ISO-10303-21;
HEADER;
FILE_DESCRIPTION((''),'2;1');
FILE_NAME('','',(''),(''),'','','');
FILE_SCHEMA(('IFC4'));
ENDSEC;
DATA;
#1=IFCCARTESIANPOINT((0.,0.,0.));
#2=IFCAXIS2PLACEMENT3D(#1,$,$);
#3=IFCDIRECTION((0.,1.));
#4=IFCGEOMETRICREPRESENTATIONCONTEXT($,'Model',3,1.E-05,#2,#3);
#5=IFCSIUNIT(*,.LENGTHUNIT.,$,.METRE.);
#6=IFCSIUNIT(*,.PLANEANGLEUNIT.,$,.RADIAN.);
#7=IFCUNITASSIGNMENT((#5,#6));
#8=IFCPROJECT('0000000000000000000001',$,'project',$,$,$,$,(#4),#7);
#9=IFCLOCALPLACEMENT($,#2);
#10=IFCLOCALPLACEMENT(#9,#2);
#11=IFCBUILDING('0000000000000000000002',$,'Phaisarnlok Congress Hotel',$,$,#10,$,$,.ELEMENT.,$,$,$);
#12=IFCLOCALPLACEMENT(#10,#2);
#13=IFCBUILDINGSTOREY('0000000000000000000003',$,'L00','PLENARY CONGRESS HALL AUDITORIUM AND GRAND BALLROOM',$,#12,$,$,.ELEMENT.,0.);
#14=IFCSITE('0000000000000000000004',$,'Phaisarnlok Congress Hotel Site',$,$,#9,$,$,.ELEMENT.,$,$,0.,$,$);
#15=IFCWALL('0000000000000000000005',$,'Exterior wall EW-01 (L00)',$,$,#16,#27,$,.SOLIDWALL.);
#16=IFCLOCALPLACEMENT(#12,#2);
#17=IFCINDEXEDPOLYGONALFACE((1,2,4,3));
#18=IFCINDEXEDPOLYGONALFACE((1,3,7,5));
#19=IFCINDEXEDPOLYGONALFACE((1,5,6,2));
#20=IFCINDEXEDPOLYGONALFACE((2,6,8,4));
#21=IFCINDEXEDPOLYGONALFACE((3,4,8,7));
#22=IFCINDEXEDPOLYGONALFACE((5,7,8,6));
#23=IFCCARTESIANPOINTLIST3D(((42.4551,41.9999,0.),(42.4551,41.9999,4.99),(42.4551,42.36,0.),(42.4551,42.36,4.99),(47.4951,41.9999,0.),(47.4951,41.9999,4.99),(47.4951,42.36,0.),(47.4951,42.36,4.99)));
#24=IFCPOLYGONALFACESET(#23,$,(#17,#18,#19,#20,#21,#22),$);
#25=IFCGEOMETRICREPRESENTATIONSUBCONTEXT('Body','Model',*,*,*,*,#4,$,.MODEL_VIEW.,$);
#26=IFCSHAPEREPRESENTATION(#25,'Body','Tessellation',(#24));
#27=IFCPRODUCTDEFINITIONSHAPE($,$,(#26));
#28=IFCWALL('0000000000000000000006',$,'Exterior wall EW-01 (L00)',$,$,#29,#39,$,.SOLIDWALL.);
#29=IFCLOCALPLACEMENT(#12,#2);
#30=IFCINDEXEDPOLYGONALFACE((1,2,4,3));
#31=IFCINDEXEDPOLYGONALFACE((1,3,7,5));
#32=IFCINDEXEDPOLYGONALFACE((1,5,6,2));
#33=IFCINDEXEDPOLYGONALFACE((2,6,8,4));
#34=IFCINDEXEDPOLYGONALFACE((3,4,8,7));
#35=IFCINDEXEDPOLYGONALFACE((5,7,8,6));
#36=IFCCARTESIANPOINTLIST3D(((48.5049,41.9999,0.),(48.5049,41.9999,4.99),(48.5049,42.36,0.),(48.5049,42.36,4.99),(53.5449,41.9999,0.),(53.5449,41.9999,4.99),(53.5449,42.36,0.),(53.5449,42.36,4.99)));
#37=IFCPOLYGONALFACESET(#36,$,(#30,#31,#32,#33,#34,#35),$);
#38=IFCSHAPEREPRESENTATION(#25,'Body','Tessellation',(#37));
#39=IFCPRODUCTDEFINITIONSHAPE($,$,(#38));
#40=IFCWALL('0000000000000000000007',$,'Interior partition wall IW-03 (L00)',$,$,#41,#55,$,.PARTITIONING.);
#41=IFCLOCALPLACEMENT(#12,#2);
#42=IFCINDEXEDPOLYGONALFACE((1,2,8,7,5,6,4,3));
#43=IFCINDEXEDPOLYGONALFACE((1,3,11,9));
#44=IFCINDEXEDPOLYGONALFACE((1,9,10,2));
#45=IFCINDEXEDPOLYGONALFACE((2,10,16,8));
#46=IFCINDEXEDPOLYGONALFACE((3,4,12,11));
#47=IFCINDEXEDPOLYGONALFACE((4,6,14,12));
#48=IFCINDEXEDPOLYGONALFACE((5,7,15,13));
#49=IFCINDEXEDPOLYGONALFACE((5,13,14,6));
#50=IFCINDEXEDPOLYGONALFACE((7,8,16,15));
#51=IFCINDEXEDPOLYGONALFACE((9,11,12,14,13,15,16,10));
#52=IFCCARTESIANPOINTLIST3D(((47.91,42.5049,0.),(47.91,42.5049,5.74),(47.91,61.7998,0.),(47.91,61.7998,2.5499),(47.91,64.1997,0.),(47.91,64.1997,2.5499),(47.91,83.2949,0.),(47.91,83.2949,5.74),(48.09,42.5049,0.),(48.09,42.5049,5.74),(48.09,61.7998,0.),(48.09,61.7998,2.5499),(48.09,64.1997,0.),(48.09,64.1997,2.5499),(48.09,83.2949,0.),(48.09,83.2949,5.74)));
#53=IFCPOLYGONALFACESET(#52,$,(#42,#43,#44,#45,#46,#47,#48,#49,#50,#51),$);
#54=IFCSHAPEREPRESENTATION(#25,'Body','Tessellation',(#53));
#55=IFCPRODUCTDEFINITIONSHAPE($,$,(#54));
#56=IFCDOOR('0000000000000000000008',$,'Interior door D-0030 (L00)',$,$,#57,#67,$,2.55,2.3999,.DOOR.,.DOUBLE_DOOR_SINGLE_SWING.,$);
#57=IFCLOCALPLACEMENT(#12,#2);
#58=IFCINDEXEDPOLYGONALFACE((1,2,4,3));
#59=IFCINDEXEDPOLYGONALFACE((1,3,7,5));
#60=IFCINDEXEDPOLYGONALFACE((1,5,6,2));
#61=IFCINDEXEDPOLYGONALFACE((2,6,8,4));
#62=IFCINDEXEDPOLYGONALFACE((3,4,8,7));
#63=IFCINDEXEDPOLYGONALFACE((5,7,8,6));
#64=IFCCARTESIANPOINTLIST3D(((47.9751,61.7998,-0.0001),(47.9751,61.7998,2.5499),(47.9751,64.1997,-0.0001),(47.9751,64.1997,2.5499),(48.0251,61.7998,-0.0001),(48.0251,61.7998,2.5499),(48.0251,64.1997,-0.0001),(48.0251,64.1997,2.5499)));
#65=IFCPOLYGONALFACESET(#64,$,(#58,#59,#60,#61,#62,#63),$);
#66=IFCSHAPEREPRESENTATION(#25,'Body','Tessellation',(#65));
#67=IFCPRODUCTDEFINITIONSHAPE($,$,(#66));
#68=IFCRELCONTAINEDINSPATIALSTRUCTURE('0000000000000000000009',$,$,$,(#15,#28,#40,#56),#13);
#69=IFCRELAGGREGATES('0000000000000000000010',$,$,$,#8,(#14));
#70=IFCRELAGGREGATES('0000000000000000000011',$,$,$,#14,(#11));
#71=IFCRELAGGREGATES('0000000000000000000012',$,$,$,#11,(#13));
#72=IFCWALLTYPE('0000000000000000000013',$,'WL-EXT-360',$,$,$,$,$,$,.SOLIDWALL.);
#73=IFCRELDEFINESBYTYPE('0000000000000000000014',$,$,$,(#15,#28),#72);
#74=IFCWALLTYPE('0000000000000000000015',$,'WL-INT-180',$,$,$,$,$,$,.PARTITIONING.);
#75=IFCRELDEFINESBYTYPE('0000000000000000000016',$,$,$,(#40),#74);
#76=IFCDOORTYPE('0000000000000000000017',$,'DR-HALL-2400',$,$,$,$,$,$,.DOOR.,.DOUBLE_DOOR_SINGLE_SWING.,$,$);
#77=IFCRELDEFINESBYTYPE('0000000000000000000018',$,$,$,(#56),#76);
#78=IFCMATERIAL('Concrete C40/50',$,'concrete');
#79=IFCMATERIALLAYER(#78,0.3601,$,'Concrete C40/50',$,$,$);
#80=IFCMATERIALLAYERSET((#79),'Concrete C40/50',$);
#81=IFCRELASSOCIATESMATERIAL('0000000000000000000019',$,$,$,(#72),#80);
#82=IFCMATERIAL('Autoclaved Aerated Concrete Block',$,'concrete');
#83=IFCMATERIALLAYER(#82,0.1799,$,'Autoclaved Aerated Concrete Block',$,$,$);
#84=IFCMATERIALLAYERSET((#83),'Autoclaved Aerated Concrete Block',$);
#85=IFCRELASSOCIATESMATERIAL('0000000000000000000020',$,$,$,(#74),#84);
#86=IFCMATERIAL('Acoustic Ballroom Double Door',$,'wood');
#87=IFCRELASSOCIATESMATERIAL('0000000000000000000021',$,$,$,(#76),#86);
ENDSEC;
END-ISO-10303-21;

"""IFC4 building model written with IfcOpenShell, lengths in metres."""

from ifc_helpers import new_model, si_unit, direction, frame, frame_2d, origin, place, context, subcontext, project, spatial, rectangle, extrude, material, layer, layer_set, type_object, element, fill, save


model = new_model("IFC4")

# Units and contexts
model_context = context("Model", 3, precision=1e-05, world=origin(), true_north=direction((0.0, 1.0)))
body_context = subcontext(model_context, "Body", "Model", "MODEL_VIEW")
ifc_project = project(units=[si_unit("LENGTHUNIT", "METRE"), si_unit("PLANEANGLEUNIT", "RADIAN")], contexts=[model_context])

# Site, building, storey
site_placement = place(None, origin())
site = spatial("IfcSite", under=ifc_project, at=site_placement, Name="Phaisarnlok Congress Hotel Site", CompositionType="ELEMENT", RefElevation=0.0)
building_placement = place(site_placement, origin())
building = spatial("IfcBuilding", under=site, at=building_placement, Name="Phaisarnlok Congress Hotel", CompositionType="ELEMENT")
storey_placement = place(building_placement, origin())
storey = spatial("IfcBuildingStorey", under=building, at=storey_placement, Name="L00", Description="PLENARY CONGRESS HALL AUDITORIUM AND GRAND BALLROOM", CompositionType="ELEMENT", Elevation=0.0)

# Shared definitions
ifc_material_1 = material(Name="Concrete C40/50", Category="concrete")

# Walls
ifc_layer_1 = layer(ifc_material_1, 0.3601, Name="Concrete C40/50")
ifc_layer_set_1 = layer_set([ifc_layer_1], Name="Concrete C40/50")
wall_type_1 = type_object("IfcWallType", Name="WL-EXT-360", PredefinedType="SOLIDWALL", material=ifc_layer_set_1)
for number, where, z_axis, x_axis, name in (
    (1, (42.4551, 42.1799, 0.0), (0.0, 0.0, 1.0), (1.0, 0.0, 0.0), "Exterior wall EW-01 (L00)"),
    (2, (48.5049, 42.1799, 0.0), (0.0, 0.0, 1.0), (1.0, 0.0, 0.0), "Exterior wall EW-01 (L00)"),
):
    element("IfcWall", number, at=place(storey_placement, frame(where, z_axis=z_axis, x_axis=x_axis)), inside=storey, type_object=wall_type_1, Name=name, PredefinedType="SOLIDWALL", context=body_context, shape_type="SweptSolid", body=[
        extrude(rectangle(XDim=5.04, YDim=0.3601, at=frame_2d((2.52, 0.0))), origin(), (0.0, 0.0, 1.0), 4.99),
    ])

# Wall, opening, door
ifc_material_2 = material(Name="Autoclaved Aerated Concrete Block", Category="concrete")
ifc_layer_2 = layer(ifc_material_2, 0.1799, Name="Autoclaved Aerated Concrete Block")
ifc_layer_set_2 = layer_set([ifc_layer_2], Name="Autoclaved Aerated Concrete Block")
wall_type_2 = type_object("IfcWallType", Name="WL-INT-180", PredefinedType="PARTITIONING", material=ifc_layer_set_2)
wall_1_placement = place(storey_placement, frame((48.0, 42.5049, 0.0), z_axis=(0.0, 0.0, 1.0), x_axis=(0.0, 1.0, 0.0)))
wall_1 = element("IfcWall", 3, at=wall_1_placement, inside=storey, type_object=wall_type_2, Name="Interior partition wall IW-03 (L00)", PredefinedType="PARTITIONING", context=body_context, shape_type="SweptSolid", body=[
    extrude(rectangle(XDim=40.79, YDim=0.1799, at=frame_2d((20.395, 0.0))), origin(), (0.0, 0.0, 1.0), 5.74),
])
opening_1_placement = place(wall_1_placement, frame((19.2949, 0.0, 0.0)))
opening_1 = element("IfcOpeningElement", 4, at=opening_1_placement, cuts=wall_1, PredefinedType="OPENING", context=body_context, shape_type="SweptSolid", body=[
    extrude(rectangle(XDim=2.3999, YDim=2.55, at=frame_2d((1.2, 1.2749))), frame((0.0, 0.1001, 0.0), z_axis=(0.0, -1.0, 0.0), x_axis=(1.0, 0.0, 0.0)), (0.0, 0.0, 1.0), 0.2),
])
ifc_material_3 = material(Name="Acoustic Ballroom Double Door", Category="wood")
door_type = type_object("IfcDoorType", Name="DR-HALL-2400", OperationType="DOUBLE_DOOR_SINGLE_SWING", PredefinedType="DOOR", material=ifc_material_3)
door_placement = place(opening_1_placement, origin())
door = element("IfcDoor", 5, at=door_placement, inside=storey, type_object=door_type, Name="Interior door D-0030 (L00)", OperationType="DOUBLE_DOOR_SINGLE_SWING", OverallHeight=2.55, OverallWidth=2.3999, PredefinedType="DOOR", context=body_context, shape_type="SweptSolid", body=[
    extrude(rectangle(XDim=2.3999, YDim=2.55, at=frame_2d((1.2, 1.2749))), frame((0.0, 0.0249, 0.0), z_axis=(0.0, -1.0, 0.0), x_axis=(1.0, 0.0, 0.0)), (0.0, 0.0, 1.0), 0.05),
])
fill(opening_1, door)

save(model, "model.ifc")
